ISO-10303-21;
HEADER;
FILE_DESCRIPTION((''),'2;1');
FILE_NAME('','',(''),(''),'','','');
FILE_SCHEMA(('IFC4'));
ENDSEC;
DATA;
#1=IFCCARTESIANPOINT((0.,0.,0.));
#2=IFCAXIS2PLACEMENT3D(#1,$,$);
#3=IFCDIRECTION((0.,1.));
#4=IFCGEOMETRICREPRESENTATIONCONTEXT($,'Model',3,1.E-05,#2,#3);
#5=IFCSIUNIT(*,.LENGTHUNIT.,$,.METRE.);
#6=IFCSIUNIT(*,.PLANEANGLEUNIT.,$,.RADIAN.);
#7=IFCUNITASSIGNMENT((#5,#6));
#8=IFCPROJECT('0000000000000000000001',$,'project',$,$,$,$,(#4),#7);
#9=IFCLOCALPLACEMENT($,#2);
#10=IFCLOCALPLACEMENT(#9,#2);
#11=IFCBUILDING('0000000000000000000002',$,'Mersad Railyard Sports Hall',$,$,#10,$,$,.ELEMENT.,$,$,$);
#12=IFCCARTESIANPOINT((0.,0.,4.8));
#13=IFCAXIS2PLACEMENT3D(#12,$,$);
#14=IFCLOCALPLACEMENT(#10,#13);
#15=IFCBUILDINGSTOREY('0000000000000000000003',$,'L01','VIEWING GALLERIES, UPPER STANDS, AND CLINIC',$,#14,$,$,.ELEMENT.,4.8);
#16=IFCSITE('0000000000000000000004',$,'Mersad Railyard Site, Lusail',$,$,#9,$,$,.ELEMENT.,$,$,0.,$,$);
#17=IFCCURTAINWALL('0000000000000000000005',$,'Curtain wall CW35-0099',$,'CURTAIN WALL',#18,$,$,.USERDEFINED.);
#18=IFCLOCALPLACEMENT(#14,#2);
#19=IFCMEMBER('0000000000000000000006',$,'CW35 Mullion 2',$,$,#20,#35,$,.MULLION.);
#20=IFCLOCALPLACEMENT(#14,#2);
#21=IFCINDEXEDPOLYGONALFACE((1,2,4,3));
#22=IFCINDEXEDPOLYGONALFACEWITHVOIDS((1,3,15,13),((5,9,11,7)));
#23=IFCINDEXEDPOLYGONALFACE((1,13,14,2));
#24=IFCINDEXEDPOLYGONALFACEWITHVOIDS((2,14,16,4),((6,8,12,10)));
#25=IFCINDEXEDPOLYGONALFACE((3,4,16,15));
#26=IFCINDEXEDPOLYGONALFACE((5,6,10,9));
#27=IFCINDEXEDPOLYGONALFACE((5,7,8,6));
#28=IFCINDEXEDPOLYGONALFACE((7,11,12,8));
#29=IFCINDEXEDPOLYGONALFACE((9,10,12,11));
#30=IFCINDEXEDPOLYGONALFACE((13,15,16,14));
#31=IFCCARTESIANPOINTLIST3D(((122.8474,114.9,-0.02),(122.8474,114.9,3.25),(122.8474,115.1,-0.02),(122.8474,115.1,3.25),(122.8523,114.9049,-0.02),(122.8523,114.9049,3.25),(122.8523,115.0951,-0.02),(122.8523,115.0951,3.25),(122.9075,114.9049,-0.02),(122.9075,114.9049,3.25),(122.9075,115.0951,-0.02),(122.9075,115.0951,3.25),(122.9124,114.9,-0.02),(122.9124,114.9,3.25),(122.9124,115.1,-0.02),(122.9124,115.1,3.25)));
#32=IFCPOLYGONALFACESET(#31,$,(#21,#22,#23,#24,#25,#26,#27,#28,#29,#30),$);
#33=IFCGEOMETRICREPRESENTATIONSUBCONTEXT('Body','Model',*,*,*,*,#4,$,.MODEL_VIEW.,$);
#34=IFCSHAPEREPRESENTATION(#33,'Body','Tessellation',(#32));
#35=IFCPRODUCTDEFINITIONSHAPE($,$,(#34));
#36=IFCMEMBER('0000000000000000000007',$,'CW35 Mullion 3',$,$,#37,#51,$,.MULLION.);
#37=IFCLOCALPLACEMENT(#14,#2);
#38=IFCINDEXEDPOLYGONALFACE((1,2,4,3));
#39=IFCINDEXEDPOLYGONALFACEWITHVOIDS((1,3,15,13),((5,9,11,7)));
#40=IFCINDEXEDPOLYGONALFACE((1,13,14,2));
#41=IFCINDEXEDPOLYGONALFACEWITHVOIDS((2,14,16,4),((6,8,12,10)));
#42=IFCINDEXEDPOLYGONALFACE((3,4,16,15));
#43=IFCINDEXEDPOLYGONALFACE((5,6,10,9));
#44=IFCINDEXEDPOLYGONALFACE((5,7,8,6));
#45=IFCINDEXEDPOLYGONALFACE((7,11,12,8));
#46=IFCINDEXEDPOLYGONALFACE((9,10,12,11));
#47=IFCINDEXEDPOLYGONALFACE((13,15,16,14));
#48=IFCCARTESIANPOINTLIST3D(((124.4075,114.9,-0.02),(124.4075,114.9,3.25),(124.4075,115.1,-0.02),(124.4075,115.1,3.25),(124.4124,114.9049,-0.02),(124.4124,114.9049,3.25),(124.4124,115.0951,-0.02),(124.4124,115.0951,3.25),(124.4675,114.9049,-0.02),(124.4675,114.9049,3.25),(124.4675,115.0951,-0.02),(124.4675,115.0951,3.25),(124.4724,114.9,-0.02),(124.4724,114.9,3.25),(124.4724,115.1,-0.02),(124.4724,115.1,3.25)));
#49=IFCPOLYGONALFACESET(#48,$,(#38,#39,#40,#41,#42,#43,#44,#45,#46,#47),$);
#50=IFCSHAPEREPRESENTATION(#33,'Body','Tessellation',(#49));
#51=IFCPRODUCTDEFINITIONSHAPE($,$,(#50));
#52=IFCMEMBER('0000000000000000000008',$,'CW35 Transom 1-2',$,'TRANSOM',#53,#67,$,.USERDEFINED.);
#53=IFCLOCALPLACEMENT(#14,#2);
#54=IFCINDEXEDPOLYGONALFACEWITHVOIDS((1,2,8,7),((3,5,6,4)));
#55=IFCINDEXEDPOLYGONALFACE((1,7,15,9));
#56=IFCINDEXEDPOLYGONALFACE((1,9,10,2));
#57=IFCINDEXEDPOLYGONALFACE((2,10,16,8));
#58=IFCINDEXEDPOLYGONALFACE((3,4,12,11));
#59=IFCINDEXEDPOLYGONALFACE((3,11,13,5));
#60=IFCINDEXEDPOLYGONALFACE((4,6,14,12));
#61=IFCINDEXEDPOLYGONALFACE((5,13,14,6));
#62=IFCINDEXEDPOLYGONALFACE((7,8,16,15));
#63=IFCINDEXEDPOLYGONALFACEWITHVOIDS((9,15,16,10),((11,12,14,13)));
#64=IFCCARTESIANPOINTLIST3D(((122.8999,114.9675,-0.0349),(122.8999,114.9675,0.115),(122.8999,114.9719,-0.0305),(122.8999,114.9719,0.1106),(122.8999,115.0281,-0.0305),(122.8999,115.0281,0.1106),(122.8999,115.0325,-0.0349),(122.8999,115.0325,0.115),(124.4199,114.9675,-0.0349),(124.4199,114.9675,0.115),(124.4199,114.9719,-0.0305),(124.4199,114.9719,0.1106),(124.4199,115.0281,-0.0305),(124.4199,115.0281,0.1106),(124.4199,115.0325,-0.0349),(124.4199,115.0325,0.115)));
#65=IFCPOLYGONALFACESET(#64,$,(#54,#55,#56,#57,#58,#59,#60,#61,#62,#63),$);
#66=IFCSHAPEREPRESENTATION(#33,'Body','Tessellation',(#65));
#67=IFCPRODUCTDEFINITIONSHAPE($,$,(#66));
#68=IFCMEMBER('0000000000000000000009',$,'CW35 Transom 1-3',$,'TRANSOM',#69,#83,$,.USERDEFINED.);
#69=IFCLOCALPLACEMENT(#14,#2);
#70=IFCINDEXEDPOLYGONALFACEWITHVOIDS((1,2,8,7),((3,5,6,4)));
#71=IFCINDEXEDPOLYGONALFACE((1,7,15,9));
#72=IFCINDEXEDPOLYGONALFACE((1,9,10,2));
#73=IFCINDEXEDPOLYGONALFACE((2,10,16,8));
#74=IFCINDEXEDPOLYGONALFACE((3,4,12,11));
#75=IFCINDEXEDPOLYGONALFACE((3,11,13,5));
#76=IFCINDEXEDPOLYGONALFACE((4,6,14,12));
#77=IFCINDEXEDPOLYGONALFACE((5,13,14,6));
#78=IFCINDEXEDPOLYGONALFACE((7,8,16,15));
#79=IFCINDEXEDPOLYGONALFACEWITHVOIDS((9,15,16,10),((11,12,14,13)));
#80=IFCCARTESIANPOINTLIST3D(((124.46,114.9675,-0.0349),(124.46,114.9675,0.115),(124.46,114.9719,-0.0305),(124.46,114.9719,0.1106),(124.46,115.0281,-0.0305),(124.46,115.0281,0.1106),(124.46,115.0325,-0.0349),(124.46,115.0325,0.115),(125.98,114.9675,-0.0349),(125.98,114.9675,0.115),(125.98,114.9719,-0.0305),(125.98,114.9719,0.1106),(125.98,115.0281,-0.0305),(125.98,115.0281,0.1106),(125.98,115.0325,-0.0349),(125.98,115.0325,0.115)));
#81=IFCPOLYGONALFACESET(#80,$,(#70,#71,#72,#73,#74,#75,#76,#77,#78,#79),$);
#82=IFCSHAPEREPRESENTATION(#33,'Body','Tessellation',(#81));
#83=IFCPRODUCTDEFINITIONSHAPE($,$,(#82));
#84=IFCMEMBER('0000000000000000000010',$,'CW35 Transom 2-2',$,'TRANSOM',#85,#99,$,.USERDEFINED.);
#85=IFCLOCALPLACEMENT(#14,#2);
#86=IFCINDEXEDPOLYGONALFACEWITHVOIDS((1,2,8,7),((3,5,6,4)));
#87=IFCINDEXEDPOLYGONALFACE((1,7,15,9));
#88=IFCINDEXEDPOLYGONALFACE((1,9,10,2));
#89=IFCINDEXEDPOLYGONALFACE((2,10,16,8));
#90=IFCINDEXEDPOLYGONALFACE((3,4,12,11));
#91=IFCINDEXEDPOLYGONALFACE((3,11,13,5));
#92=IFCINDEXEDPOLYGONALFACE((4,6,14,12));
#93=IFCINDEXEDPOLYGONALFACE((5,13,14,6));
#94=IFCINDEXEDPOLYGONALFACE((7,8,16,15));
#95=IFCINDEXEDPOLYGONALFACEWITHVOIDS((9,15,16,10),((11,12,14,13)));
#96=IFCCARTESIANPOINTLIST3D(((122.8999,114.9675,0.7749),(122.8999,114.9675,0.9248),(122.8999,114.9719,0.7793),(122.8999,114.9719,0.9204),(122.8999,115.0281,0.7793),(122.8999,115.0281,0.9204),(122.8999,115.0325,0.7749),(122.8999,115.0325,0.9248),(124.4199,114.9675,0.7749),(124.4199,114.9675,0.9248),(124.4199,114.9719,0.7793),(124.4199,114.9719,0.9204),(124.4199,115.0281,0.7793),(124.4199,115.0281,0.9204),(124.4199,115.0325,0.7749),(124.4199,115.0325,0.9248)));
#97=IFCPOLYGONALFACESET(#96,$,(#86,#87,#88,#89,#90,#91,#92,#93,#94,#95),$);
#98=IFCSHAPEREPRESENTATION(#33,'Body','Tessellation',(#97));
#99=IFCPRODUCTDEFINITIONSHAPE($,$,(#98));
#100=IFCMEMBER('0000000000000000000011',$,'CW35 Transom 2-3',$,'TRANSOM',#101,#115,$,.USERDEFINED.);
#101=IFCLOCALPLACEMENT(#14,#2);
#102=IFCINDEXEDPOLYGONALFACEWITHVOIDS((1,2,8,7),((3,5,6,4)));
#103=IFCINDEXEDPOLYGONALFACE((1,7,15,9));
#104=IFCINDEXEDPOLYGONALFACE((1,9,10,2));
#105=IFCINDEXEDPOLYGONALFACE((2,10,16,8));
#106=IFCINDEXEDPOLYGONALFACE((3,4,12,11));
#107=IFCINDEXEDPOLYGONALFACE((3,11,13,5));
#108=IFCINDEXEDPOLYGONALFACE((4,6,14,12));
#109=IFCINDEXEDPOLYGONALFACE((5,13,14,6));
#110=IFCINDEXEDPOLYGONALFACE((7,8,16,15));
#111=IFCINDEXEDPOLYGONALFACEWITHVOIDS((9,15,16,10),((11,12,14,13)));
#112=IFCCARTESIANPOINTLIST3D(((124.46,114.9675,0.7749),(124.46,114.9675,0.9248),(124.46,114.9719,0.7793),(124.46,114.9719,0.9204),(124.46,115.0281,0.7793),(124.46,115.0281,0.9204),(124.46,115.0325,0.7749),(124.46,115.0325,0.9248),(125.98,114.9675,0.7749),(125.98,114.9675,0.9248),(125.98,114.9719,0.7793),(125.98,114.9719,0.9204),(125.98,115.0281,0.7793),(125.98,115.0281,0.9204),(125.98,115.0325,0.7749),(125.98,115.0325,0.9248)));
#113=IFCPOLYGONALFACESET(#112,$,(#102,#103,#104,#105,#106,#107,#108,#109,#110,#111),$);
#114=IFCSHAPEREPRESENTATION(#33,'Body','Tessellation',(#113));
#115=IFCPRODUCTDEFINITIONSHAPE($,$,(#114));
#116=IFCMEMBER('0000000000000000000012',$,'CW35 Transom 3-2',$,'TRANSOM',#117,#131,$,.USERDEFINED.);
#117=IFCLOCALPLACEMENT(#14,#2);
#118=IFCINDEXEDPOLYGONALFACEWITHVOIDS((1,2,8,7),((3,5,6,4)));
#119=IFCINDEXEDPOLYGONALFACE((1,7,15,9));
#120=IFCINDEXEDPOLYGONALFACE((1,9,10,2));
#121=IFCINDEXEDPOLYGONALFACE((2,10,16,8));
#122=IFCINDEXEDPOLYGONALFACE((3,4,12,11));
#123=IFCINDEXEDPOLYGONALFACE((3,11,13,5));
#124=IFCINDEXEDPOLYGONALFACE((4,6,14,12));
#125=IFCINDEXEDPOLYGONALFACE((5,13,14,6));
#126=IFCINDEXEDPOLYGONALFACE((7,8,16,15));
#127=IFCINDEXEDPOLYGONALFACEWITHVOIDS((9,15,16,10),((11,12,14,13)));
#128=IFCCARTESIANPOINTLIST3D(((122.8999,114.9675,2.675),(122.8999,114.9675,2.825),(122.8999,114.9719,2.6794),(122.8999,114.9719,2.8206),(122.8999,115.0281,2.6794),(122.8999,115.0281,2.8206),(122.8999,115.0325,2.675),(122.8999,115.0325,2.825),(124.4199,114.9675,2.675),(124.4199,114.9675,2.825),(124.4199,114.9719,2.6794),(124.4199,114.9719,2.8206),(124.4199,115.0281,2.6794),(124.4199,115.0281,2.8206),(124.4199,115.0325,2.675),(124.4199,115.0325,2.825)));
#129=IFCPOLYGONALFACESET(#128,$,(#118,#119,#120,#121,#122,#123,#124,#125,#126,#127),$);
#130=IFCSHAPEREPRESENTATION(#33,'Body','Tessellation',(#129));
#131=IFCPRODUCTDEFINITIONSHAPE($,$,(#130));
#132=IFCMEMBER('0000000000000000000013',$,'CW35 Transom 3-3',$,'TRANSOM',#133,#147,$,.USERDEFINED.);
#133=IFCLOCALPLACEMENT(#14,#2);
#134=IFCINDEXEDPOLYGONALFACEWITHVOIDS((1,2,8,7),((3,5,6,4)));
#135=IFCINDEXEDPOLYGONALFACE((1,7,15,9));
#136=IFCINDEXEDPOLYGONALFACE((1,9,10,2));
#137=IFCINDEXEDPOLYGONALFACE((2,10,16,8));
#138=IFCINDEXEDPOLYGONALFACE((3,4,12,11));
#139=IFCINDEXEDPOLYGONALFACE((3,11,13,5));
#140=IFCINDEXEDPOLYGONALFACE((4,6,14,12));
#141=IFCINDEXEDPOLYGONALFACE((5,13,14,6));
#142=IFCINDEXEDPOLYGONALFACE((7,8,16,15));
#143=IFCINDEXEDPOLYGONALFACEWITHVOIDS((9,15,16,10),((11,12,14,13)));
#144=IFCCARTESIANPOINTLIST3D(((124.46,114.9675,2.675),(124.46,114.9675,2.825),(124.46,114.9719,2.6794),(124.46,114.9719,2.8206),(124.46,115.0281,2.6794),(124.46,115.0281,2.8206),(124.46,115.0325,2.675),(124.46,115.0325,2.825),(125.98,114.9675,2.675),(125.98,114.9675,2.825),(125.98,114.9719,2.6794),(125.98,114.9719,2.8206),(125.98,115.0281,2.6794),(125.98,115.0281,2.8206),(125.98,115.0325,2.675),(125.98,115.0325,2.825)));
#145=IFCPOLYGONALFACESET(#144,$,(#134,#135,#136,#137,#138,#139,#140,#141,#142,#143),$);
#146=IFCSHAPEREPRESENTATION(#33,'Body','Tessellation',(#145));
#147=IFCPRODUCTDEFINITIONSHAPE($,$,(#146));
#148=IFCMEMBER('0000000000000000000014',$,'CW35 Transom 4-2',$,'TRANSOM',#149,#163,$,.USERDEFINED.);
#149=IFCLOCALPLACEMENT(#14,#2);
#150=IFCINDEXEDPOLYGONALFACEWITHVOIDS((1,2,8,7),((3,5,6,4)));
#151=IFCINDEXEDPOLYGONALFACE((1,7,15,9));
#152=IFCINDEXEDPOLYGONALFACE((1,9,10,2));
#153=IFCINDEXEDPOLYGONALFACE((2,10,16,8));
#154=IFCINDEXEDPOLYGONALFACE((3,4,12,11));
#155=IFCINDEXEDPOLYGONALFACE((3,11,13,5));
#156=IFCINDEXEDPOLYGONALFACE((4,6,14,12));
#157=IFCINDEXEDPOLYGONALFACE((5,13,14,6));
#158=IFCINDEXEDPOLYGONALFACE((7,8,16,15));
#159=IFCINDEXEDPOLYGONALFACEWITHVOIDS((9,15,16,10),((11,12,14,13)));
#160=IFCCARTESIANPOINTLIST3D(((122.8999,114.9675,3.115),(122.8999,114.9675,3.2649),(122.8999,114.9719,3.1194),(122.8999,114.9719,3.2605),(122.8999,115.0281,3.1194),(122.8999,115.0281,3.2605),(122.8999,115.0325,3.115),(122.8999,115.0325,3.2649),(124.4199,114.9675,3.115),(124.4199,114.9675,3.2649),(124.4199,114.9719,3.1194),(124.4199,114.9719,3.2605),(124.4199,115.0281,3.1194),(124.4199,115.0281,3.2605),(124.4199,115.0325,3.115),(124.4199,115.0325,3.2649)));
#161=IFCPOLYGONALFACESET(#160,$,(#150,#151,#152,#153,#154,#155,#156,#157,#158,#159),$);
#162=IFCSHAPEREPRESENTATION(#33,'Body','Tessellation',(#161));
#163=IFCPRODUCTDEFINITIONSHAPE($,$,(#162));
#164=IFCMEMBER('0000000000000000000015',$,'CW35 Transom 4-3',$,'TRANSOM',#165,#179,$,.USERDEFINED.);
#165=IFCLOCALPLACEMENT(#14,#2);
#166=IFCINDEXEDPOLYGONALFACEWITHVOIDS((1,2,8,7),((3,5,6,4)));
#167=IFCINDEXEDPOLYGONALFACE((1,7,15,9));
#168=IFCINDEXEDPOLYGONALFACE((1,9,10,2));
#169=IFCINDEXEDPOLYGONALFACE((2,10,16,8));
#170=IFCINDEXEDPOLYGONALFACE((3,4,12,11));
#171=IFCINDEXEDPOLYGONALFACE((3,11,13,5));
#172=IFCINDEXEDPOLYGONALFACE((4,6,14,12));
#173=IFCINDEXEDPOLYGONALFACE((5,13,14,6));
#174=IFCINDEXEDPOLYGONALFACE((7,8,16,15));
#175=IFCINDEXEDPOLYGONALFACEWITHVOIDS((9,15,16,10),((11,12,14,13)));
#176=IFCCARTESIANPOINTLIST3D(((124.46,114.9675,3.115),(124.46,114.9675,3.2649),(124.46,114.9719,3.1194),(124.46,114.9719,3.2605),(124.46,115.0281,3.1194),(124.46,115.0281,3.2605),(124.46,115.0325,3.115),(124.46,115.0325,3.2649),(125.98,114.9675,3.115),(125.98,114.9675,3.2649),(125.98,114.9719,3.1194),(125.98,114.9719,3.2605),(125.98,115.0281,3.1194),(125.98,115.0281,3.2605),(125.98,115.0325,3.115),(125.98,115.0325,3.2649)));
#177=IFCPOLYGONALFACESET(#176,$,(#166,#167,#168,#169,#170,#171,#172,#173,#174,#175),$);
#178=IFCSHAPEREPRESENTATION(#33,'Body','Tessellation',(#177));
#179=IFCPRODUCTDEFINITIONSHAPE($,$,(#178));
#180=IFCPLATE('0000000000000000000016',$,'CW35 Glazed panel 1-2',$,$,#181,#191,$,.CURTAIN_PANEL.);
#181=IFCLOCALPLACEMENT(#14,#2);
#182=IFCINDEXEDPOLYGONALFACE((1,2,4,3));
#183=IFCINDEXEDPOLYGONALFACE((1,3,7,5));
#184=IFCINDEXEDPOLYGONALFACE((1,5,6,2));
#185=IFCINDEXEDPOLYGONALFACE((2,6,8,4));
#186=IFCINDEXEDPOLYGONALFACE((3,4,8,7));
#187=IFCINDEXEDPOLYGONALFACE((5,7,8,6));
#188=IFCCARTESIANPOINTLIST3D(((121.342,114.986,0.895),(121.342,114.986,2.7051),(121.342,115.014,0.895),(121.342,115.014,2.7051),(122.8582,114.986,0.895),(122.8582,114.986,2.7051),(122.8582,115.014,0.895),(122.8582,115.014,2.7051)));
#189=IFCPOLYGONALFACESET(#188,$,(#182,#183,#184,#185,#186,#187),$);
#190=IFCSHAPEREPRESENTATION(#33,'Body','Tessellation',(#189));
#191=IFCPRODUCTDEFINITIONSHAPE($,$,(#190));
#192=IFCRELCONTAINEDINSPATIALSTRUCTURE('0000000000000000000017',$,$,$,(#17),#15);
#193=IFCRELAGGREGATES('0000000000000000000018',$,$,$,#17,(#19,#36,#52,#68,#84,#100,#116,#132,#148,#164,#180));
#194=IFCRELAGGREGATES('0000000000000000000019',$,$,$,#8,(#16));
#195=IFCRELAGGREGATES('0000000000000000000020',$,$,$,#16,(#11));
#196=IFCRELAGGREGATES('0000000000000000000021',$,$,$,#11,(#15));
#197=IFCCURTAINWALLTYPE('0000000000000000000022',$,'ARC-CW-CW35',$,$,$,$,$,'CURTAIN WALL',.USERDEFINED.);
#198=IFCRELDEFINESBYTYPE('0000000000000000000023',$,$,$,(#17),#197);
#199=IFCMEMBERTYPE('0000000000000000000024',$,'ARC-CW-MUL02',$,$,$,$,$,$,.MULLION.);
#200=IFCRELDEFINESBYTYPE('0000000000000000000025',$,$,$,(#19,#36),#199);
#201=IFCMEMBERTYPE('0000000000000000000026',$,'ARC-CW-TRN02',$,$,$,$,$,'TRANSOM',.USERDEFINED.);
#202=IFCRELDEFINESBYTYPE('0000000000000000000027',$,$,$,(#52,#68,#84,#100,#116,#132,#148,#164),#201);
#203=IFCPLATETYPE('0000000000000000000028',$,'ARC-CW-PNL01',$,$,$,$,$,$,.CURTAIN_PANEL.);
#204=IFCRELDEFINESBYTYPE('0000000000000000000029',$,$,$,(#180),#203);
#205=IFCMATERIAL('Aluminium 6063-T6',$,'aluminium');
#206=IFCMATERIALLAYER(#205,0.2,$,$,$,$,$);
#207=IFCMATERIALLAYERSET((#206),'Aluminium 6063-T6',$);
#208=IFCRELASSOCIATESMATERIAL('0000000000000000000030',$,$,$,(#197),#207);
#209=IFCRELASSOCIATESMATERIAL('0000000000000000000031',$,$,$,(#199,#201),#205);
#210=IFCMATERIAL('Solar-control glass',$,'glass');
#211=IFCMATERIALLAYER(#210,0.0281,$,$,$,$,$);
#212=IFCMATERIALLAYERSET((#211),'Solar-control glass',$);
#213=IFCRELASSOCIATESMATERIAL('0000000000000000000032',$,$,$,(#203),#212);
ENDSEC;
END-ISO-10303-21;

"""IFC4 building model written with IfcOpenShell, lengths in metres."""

from ifc_helpers import new_model, si_unit, direction, frame, origin, origin_2d, place, context, subcontext, project, spatial, rectangle, hollow_rectangle, extrude, material, layer, layer_set, material_profile, profile_set, type_object, element, aggregate, save


model = new_model("IFC4")

# Units and contexts
model_context = context("Model", 3, precision=1e-05, world=origin(), true_north=direction((0.0, 1.0)))
body_context = subcontext(model_context, "Body", "Model", "MODEL_VIEW")
ifc_project = project(units=[si_unit("LENGTHUNIT", "METRE"), si_unit("PLANEANGLEUNIT", "RADIAN")], contexts=[model_context])

# Site, building, storey
site_placement = place(None, origin())
site = spatial("IfcSite", under=ifc_project, at=site_placement, Name="Mersad Railyard Site, Lusail", CompositionType="ELEMENT", RefElevation=0.0)
building_placement = place(site_placement, origin())
building = spatial("IfcBuilding", under=site, at=building_placement, Name="Mersad Railyard Sports Hall", CompositionType="ELEMENT")
storey_placement = place(building_placement, frame((0.0, 0.0, 4.8)))
storey = spatial("IfcBuildingStorey", under=building, at=storey_placement, Name="L01", Description="VIEWING GALLERIES, UPPER STANDS, AND CLINIC", CompositionType="ELEMENT", Elevation=4.8)

# Curtain wall, members, plate
ifc_material_1 = material(Name="Aluminium 6063-T6", Category="aluminium")
ifc_layer_1 = layer(ifc_material_1, 0.2)
ifc_layer_set_1 = layer_set([ifc_layer_1], Name="Aluminium 6063-T6")
curtain_wall_type = type_object("IfcCurtainWallType", Name="ARC-CW-CW35", ElementType="CURTAIN WALL", PredefinedType="USERDEFINED", material=ifc_layer_set_1)
curtain_wall_placement = place(storey_placement, origin())
curtain_wall = element("IfcCurtainWall", 1, at=curtain_wall_placement, inside=storey, type_object=curtain_wall_type, Name="Curtain wall CW35-0099", ObjectType="CURTAIN WALL", PredefinedType="USERDEFINED")
ifc_material_profile_1 = material_profile(ifc_material_1, hollow_rectangle(XDim=0.0649, YDim=0.2, WallThickness=0.0049, at=origin_2d()), Name="AL MULLION 65x200x5")
ifc_profile_set_1 = profile_set([ifc_material_profile_1], Name="Aluminium 6063-T6")
member_type_1 = type_object("IfcMemberType", Name="ARC-CW-MUL02", PredefinedType="MULLION", material=ifc_profile_set_1)
member_1_placement = place(storey_placement, frame((122.8799, 115.0, -0.02), z_axis=(0.0, 0.0, 1.0), x_axis=(1.0, 0.0, 0.0)))
member_1 = element("IfcMember", 2, at=member_1_placement, type_object=member_type_1, Name="CW35 Mullion 2", PredefinedType="MULLION", context=body_context, shape_type="SweptSolid", body=[
    extrude(hollow_rectangle(XDim=0.0649, YDim=0.2, WallThickness=0.0049, at=origin_2d()), origin(), (0.0, 0.0, 1.0), 3.27),
])
member_2_placement = place(storey_placement, frame((124.4399, 115.0, -0.02), z_axis=(0.0, 0.0, 1.0), x_axis=(1.0, 0.0, 0.0)))
member_2 = element("IfcMember", 3, at=member_2_placement, type_object=member_type_1, Name="CW35 Mullion 3", PredefinedType="MULLION", context=body_context, shape_type="SweptSolid", body=[
    extrude(hollow_rectangle(XDim=0.0649, YDim=0.2, WallThickness=0.0049, at=origin_2d()), origin(), (0.0, 0.0, 1.0), 3.27),
])
ifc_material_profile_2 = material_profile(ifc_material_1, hollow_rectangle(XDim=0.0649, YDim=0.1499, WallThickness=0.0044, at=origin_2d()), Name="AL TRANSOM 65x150x4.5")
ifc_profile_set_2 = profile_set([ifc_material_profile_2], Name="Aluminium 6063-T6")
member_type_2 = type_object("IfcMemberType", Name="ARC-CW-TRN02", ElementType="TRANSOM", PredefinedType="USERDEFINED", material=ifc_profile_set_2)
member_3_placement = place(storey_placement, frame((122.8999, 115.0, 0.04), z_axis=(1.0, 0.0, 0.0), x_axis=(0.0, 1.0, 0.0)))
member_3 = element("IfcMember", 4, at=member_3_placement, type_object=member_type_2, Name="CW35 Transom 1-2", ObjectType="TRANSOM", PredefinedType="USERDEFINED", context=body_context, shape_type="SweptSolid", body=[
    extrude(hollow_rectangle(XDim=0.0649, YDim=0.1499, WallThickness=0.0044, at=origin_2d()), origin(), (0.0, 0.0, 1.0), 1.52),
])
member_4_placement = place(storey_placement, frame((124.46, 115.0, 0.04), z_axis=(1.0, 0.0, 0.0), x_axis=(0.0, 1.0, 0.0)))
member_4 = element("IfcMember", 5, at=member_4_placement, type_object=member_type_2, Name="CW35 Transom 1-3", ObjectType="TRANSOM", PredefinedType="USERDEFINED", context=body_context, shape_type="SweptSolid", body=[
    extrude(hollow_rectangle(XDim=0.0649, YDim=0.1499, WallThickness=0.0044, at=origin_2d()), origin(), (0.0, 0.0, 1.0), 1.52),
])
member_5_placement = place(storey_placement, frame((122.8999, 115.0, 0.8499), z_axis=(1.0, 0.0, 0.0), x_axis=(0.0, 1.0, 0.0)))
member_5 = element("IfcMember", 6, at=member_5_placement, type_object=member_type_2, Name="CW35 Transom 2-2", ObjectType="TRANSOM", PredefinedType="USERDEFINED", context=body_context, shape_type="SweptSolid", body=[
    extrude(hollow_rectangle(XDim=0.0649, YDim=0.1499, WallThickness=0.0044, at=origin_2d()), origin(), (0.0, 0.0, 1.0), 1.52),
])
member_6_placement = place(storey_placement, frame((124.46, 115.0, 0.8499), z_axis=(1.0, 0.0, 0.0), x_axis=(0.0, 1.0, 0.0)))
member_6 = element("IfcMember", 7, at=member_6_placement, type_object=member_type_2, Name="CW35 Transom 2-3", ObjectType="TRANSOM", PredefinedType="USERDEFINED", context=body_context, shape_type="SweptSolid", body=[
    extrude(hollow_rectangle(XDim=0.0649, YDim=0.1499, WallThickness=0.0044, at=origin_2d()), origin(), (0.0, 0.0, 1.0), 1.52),
])
member_7_placement = place(storey_placement, frame((122.8999, 115.0, 2.75), z_axis=(1.0, 0.0, 0.0), x_axis=(0.0, 1.0, 0.0)))
member_7 = element("IfcMember", 8, at=member_7_placement, type_object=member_type_2, Name="CW35 Transom 3-2", ObjectType="TRANSOM", PredefinedType="USERDEFINED", context=body_context, shape_type="SweptSolid", body=[
    extrude(hollow_rectangle(XDim=0.0649, YDim=0.1499, WallThickness=0.0044, at=origin_2d()), origin(), (0.0, 0.0, 1.0), 1.52),
])
member_8_placement = place(storey_placement, frame((124.46, 115.0, 2.75), z_axis=(1.0, 0.0, 0.0), x_axis=(0.0, 1.0, 0.0)))
member_8 = element("IfcMember", 9, at=member_8_placement, type_object=member_type_2, Name="CW35 Transom 3-3", ObjectType="TRANSOM", PredefinedType="USERDEFINED", context=body_context, shape_type="SweptSolid", body=[
    extrude(hollow_rectangle(XDim=0.0649, YDim=0.1499, WallThickness=0.0044, at=origin_2d()), origin(), (0.0, 0.0, 1.0), 1.52),
])
member_9_placement = place(storey_placement, frame((122.8999, 115.0, 3.1899), z_axis=(1.0, 0.0, 0.0), x_axis=(0.0, 1.0, 0.0)))
member_9 = element("IfcMember", 10, at=member_9_placement, type_object=member_type_2, Name="CW35 Transom 4-2", ObjectType="TRANSOM", PredefinedType="USERDEFINED", context=body_context, shape_type="SweptSolid", body=[
    extrude(hollow_rectangle(XDim=0.0649, YDim=0.1499, WallThickness=0.0044, at=origin_2d()), origin(), (0.0, 0.0, 1.0), 1.52),
])
member_10_placement = place(storey_placement, frame((124.46, 115.0, 3.1899), z_axis=(1.0, 0.0, 0.0), x_axis=(0.0, 1.0, 0.0)))
member_10 = element("IfcMember", 11, at=member_10_placement, type_object=member_type_2, Name="CW35 Transom 4-3", ObjectType="TRANSOM", PredefinedType="USERDEFINED", context=body_context, shape_type="SweptSolid", body=[
    extrude(hollow_rectangle(XDim=0.0649, YDim=0.1499, WallThickness=0.0044, at=origin_2d()), origin(), (0.0, 0.0, 1.0), 1.52),
])
ifc_material_2 = material(Name="Solar-control glass", Category="glass")
ifc_layer_2 = layer(ifc_material_2, 0.0281)
ifc_layer_set_2 = layer_set([ifc_layer_2], Name="Solar-control glass")
plate_type = type_object("IfcPlateType", Name="ARC-CW-PNL01", PredefinedType="CURTAIN_PANEL", material=ifc_layer_set_2)
plate_1_placement = place(storey_placement, frame((122.1001, 115.0, 0.895), z_axis=(0.0, 0.0, 1.0), x_axis=(1.0, 0.0, 0.0)))
plate_1 = element("IfcPlate", 12, at=plate_1_placement, type_object=plate_type, Name="CW35 Glazed panel 1-2", PredefinedType="CURTAIN_PANEL", context=body_context, shape_type="SweptSolid", body=[
    extrude(rectangle(XDim=1.5161, YDim=0.0281, at=origin_2d()), origin(), (0.0, 0.0, 1.0), 1.8101),
])
aggregate(curtain_wall, [member_1, member_2, member_3, member_4, member_5, member_6, member_7, member_8, member_9, member_10, plate_1])

save(model, "model.ifc")
